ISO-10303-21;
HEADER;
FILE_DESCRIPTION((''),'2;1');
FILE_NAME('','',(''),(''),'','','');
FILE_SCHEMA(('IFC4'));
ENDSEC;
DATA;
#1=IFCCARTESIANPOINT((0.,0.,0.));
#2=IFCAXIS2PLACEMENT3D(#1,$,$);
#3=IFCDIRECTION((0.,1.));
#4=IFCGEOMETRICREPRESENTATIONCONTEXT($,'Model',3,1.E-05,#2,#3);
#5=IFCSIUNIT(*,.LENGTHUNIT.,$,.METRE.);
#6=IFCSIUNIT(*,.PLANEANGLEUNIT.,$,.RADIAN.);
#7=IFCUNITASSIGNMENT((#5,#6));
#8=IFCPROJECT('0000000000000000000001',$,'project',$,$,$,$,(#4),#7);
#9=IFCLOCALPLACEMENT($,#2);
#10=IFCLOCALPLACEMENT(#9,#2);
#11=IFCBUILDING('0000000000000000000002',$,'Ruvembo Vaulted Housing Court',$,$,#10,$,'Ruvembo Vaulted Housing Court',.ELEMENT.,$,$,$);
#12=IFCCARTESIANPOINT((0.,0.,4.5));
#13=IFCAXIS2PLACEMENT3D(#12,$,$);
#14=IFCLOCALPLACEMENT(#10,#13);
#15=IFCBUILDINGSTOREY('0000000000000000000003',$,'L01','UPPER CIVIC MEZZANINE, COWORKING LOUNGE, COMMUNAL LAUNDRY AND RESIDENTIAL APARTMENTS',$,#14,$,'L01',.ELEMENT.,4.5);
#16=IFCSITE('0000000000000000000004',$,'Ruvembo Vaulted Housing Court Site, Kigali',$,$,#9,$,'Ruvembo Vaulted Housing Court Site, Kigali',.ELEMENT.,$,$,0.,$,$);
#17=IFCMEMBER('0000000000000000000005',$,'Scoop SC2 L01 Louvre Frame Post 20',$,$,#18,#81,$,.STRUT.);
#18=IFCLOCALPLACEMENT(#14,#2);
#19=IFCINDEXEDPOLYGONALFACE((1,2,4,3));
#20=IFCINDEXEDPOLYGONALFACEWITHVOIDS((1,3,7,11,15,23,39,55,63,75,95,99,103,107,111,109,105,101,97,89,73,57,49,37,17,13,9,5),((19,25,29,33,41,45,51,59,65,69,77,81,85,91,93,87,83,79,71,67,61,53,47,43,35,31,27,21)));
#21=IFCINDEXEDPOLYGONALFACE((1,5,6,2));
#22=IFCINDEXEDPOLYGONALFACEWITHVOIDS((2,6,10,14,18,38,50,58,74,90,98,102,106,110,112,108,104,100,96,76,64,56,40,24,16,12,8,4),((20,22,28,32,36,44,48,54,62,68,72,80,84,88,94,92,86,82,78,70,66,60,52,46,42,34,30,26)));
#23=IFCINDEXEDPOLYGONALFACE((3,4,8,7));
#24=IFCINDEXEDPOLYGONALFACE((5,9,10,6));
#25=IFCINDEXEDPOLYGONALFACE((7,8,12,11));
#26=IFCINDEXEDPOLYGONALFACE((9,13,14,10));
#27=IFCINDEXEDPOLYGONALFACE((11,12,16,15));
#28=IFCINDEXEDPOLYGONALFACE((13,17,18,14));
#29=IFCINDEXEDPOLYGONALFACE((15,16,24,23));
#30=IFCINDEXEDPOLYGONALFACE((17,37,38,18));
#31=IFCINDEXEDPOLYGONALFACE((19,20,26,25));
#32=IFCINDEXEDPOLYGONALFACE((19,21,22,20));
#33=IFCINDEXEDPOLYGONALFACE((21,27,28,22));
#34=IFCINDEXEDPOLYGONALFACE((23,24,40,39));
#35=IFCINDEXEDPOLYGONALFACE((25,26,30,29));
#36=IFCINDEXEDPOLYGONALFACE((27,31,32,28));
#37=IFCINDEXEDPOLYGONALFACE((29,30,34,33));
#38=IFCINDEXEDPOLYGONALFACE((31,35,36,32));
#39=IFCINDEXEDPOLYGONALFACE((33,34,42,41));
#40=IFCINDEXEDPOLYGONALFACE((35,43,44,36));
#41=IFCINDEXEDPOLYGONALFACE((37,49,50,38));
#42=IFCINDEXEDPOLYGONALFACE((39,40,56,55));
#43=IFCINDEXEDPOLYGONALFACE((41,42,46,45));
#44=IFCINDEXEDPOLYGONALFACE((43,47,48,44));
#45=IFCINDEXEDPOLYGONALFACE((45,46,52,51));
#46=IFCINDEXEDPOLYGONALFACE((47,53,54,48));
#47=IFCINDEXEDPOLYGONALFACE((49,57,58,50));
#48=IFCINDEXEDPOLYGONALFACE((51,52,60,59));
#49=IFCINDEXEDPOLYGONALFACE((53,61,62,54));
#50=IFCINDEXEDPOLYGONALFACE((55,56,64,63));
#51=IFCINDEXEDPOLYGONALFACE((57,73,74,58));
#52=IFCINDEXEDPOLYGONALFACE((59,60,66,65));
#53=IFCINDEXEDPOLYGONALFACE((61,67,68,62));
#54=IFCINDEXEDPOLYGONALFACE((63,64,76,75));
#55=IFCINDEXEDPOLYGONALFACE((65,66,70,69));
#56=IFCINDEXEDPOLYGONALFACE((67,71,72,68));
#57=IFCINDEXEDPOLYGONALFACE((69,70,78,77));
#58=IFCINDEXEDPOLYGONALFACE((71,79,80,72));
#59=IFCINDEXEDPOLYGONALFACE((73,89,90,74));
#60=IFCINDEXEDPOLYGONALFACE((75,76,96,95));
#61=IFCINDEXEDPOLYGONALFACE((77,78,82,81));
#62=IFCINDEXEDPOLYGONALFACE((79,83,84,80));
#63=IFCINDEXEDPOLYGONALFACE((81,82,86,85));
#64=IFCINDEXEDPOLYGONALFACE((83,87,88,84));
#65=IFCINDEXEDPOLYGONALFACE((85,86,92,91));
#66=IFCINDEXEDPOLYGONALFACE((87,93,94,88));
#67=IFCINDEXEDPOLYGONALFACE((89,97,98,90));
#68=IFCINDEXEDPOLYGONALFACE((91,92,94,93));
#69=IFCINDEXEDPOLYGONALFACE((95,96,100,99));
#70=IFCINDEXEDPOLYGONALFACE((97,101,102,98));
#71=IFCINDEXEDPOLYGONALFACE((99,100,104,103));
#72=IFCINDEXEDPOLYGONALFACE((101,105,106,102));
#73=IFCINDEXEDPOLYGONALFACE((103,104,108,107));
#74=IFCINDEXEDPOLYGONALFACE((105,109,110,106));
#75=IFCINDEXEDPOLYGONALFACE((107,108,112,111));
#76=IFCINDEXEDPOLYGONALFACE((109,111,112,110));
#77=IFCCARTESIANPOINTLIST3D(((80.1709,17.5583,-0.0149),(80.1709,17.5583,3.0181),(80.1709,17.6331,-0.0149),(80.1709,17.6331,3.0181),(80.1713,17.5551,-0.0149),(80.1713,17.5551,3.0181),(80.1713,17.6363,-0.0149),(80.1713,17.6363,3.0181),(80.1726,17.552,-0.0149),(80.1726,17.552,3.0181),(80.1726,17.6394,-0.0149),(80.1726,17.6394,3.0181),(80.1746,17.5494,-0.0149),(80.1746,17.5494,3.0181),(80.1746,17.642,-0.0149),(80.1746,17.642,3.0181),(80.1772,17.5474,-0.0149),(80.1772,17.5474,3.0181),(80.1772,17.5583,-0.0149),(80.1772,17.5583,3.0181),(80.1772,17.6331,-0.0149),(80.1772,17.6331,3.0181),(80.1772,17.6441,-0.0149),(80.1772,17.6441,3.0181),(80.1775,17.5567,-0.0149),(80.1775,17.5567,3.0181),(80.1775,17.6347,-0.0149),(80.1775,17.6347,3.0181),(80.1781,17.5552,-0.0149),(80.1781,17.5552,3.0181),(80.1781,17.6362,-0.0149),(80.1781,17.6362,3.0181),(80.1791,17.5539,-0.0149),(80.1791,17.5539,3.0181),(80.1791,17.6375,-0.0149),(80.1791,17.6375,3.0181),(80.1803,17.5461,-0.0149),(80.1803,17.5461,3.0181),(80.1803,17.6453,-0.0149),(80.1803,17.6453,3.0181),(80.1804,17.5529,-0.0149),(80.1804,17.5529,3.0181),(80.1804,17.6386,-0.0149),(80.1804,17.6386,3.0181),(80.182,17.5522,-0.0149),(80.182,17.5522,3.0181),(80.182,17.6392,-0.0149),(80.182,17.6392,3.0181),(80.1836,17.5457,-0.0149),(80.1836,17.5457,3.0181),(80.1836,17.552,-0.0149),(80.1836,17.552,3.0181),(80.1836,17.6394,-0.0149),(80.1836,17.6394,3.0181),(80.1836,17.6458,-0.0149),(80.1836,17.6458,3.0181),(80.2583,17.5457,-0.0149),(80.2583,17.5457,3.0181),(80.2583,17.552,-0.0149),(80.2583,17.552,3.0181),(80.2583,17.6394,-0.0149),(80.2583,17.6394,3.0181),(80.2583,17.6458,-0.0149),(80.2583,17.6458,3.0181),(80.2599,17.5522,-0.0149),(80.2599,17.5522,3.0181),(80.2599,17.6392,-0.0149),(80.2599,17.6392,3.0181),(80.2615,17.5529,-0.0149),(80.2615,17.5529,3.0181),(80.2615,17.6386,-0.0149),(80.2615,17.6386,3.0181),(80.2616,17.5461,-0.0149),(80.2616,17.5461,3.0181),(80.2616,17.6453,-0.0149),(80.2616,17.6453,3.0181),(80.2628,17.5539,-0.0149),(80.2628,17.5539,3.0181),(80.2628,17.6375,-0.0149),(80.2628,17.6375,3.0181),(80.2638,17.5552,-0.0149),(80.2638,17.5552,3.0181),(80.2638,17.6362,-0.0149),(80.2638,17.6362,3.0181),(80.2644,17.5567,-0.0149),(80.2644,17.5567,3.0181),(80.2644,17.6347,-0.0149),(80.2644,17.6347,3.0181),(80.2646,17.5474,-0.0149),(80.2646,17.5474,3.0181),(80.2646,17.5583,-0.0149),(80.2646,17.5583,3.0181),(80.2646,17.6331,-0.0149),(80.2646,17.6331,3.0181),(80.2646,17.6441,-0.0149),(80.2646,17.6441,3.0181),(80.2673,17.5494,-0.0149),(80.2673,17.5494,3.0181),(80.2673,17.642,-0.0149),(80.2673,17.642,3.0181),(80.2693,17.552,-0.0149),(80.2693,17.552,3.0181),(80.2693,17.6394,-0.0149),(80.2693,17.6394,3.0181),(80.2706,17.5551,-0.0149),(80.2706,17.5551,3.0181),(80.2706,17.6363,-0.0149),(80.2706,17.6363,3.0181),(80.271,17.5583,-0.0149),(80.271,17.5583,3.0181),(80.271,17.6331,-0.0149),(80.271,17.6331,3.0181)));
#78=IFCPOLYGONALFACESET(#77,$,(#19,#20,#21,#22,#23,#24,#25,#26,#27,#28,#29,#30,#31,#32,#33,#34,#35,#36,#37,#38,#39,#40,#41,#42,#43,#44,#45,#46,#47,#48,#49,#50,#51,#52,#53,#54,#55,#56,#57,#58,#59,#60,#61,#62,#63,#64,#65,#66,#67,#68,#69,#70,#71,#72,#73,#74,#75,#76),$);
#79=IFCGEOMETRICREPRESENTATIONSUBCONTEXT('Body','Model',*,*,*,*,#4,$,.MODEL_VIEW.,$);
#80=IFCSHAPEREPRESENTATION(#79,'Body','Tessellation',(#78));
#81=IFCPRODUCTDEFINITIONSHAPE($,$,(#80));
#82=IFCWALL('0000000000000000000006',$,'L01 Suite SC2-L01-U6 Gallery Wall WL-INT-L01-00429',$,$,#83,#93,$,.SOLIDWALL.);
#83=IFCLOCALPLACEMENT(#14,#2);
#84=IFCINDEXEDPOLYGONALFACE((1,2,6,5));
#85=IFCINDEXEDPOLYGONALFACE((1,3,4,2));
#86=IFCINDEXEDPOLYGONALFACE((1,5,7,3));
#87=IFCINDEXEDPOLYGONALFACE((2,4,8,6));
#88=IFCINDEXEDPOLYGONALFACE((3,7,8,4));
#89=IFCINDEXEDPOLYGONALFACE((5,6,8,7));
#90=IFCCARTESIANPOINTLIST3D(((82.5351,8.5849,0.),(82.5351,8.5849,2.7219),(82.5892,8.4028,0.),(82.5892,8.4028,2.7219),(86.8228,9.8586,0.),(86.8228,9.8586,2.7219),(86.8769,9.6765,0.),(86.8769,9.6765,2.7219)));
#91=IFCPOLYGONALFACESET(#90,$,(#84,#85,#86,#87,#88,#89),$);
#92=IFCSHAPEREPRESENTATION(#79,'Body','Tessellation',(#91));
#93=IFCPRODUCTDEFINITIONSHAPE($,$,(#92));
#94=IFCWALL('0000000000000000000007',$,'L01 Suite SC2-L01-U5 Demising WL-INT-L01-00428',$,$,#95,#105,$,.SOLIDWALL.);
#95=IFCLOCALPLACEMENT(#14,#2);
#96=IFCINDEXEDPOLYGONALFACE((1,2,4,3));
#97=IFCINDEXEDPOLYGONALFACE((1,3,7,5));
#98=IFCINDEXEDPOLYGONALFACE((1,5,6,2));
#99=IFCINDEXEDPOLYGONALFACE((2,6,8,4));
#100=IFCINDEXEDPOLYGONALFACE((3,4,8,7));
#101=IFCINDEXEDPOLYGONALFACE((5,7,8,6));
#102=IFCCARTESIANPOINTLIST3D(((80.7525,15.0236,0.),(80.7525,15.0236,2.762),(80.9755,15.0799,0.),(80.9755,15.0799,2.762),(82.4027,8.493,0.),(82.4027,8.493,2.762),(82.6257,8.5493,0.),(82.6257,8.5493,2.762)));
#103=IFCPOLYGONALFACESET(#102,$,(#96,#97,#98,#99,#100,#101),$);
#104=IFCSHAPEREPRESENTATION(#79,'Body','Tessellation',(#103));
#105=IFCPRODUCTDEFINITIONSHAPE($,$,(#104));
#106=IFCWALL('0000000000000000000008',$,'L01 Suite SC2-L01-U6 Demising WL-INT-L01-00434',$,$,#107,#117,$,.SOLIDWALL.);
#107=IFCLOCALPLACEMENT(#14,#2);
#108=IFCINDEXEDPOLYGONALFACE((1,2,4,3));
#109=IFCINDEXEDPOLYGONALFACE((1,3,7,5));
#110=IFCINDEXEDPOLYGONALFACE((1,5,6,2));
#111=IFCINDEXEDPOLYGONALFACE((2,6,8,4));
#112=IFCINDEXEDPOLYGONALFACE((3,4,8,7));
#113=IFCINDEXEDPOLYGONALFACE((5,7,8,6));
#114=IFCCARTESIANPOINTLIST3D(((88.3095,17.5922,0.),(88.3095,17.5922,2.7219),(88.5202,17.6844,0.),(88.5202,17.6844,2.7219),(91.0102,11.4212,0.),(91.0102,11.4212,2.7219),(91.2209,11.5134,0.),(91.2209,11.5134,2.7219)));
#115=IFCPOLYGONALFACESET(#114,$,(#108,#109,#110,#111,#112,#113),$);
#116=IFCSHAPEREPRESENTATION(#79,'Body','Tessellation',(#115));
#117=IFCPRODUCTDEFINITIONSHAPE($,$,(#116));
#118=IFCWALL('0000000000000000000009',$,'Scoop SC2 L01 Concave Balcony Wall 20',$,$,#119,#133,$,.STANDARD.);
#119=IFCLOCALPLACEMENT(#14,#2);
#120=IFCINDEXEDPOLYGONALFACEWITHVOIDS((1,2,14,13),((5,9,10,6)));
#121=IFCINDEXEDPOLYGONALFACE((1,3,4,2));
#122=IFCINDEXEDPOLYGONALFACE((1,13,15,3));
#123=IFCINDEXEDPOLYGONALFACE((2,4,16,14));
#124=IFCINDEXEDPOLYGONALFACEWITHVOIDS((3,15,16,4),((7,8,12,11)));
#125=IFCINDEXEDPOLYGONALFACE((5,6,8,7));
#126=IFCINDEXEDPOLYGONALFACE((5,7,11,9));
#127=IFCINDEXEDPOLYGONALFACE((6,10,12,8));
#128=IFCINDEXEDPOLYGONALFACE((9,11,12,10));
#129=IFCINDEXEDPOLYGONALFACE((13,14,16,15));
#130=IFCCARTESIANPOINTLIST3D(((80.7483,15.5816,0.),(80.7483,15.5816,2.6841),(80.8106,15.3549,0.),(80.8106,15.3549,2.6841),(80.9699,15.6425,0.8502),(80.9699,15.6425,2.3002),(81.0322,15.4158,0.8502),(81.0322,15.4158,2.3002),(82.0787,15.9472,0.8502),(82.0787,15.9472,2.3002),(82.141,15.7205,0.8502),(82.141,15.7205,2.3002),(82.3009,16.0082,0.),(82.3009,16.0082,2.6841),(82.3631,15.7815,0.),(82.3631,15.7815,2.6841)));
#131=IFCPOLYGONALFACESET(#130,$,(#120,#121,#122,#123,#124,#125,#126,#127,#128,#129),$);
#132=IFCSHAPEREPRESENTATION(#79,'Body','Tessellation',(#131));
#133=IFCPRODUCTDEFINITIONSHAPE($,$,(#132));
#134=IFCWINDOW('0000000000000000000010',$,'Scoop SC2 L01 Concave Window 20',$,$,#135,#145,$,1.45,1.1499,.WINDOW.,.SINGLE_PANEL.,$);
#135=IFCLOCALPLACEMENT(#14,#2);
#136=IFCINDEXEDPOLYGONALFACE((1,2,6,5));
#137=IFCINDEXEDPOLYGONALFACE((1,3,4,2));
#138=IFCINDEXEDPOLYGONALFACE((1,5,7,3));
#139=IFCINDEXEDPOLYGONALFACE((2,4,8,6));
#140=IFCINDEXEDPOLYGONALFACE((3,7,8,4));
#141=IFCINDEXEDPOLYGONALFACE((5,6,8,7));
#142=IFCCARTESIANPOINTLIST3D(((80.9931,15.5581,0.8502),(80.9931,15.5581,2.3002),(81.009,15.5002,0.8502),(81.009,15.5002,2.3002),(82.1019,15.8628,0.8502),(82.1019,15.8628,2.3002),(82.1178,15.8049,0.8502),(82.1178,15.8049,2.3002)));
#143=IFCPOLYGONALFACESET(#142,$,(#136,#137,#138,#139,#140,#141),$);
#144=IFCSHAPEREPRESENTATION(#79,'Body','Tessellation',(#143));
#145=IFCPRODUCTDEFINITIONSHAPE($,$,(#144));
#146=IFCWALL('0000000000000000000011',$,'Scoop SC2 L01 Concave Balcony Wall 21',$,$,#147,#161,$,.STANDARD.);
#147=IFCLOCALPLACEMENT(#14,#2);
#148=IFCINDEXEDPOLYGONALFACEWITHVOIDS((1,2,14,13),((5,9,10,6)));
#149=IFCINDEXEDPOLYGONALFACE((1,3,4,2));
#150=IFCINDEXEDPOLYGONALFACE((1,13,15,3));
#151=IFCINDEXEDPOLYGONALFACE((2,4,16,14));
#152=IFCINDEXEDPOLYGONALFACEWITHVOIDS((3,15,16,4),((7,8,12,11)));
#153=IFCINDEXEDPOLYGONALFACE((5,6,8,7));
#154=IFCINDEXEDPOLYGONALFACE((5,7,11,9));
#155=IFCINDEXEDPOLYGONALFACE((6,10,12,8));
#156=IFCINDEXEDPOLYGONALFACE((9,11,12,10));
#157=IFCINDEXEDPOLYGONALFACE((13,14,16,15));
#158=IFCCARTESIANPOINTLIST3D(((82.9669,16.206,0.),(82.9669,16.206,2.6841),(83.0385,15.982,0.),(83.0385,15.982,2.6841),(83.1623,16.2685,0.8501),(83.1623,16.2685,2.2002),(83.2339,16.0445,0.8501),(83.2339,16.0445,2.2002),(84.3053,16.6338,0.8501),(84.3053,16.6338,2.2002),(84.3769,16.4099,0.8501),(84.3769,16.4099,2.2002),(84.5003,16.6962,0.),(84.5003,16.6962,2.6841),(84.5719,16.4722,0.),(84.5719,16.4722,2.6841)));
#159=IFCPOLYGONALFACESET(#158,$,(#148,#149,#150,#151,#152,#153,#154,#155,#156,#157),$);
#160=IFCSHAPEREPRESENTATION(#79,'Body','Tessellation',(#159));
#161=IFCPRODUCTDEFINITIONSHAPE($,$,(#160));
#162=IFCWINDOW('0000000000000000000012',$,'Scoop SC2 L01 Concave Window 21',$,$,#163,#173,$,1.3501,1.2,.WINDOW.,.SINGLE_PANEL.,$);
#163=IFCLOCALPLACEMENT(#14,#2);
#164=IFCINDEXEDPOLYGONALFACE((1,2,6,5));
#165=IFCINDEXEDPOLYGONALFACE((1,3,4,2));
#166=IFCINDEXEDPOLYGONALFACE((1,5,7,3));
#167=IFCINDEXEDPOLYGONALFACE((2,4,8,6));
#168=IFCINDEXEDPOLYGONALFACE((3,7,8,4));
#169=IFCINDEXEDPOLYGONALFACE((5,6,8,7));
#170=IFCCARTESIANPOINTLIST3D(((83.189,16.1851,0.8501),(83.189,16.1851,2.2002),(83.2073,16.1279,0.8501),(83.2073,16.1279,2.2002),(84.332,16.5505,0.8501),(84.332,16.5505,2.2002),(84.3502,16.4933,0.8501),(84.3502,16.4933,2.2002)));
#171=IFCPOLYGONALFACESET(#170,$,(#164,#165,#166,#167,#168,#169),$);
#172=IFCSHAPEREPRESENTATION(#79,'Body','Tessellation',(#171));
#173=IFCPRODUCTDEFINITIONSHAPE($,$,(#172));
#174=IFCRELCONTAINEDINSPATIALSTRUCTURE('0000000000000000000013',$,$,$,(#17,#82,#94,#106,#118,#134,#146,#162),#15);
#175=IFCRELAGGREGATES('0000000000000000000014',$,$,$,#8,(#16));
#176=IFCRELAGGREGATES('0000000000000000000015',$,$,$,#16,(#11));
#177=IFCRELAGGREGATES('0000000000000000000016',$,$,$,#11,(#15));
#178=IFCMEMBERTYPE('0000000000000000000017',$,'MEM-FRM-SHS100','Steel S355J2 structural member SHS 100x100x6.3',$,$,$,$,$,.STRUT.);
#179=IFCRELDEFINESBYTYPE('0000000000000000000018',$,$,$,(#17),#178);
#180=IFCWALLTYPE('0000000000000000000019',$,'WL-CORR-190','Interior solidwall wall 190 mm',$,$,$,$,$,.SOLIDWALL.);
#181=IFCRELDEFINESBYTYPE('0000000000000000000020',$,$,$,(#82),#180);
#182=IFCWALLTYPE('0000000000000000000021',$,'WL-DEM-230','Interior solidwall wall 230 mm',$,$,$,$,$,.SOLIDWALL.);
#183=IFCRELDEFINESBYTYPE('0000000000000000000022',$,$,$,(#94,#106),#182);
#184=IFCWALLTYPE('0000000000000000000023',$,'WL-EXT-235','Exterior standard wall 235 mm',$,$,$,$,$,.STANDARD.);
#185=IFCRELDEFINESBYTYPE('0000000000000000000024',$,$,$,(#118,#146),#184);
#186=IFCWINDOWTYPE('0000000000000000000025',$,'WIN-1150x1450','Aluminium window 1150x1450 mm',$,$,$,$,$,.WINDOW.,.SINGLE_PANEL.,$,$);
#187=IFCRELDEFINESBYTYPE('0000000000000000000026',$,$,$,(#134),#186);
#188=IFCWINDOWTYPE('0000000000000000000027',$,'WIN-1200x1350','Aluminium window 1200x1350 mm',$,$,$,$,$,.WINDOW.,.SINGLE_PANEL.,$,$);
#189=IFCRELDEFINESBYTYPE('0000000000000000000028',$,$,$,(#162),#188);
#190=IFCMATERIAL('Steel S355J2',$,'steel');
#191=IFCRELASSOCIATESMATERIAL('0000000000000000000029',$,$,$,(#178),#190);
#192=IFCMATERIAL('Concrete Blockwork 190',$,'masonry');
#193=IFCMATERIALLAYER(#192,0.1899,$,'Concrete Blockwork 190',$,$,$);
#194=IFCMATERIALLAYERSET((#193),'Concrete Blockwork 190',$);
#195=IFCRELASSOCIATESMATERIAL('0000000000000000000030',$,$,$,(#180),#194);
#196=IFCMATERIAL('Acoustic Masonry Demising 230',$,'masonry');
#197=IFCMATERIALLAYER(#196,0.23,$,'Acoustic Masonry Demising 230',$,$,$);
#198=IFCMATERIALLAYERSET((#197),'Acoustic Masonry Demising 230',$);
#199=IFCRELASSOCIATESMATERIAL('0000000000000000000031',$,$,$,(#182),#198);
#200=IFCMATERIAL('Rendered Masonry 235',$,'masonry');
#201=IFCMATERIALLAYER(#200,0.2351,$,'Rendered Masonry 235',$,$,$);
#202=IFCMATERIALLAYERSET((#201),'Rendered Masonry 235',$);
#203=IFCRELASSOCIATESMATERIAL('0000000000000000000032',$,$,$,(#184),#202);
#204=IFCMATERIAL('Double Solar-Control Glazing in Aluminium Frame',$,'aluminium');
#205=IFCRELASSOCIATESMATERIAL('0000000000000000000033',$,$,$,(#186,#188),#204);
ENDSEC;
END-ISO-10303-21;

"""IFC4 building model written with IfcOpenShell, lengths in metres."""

from ifc_helpers import new_model, si_unit, direction, frame, frame_2d, origin, origin_2d, place, context, subcontext, project, spatial, rectangle, hollow_rectangle, extrude, material, layer, layer_set, material_profile, profile_set, type_object, element, fill, save


model = new_model("IFC4")

# Units and contexts
model_context = context("Model", 3, precision=1e-05, world=origin(), true_north=direction((0.0, 1.0)))
body_context = subcontext(model_context, "Body", "Model", "MODEL_VIEW")
ifc_project = project(units=[si_unit("LENGTHUNIT", "METRE"), si_unit("PLANEANGLEUNIT", "RADIAN")], contexts=[model_context])

# Site, building, storey
site_placement = place(None, origin())
site = spatial("IfcSite", under=ifc_project, at=site_placement, Name="Ruvembo Vaulted Housing Court Site, Kigali", LongName="Ruvembo Vaulted Housing Court Site, Kigali", CompositionType="ELEMENT", RefElevation=0.0)
building_placement = place(site_placement, origin())
building = spatial("IfcBuilding", under=site, at=building_placement, Name="Ruvembo Vaulted Housing Court", LongName="Ruvembo Vaulted Housing Court", CompositionType="ELEMENT")
storey_placement = place(building_placement, frame((0.0, 0.0, 4.5)))
storey = spatial("IfcBuildingStorey", under=building, at=storey_placement, Name="L01", Description="UPPER CIVIC MEZZANINE, COWORKING LOUNGE, COMMUNAL LAUNDRY AND RESIDENTIAL APARTMENTS", LongName="L01", CompositionType="ELEMENT", Elevation=4.5)

# Shared definitions
ifc_material_1 = material(Name="Steel S355J2", Category="steel")

# Member
ifc_material_profile_1 = material_profile(ifc_material_1, hollow_rectangle(XDim=0.1001, YDim=0.1001, WallThickness=0.0063, InnerFilletRadius=0.0063, OuterFilletRadius=0.0127, at=origin_2d()), Name="SHS 100x100x6.3")
ifc_profile_set_1 = profile_set([ifc_material_profile_1], Name="Steel S355J2")
member_type_1 = type_object("IfcMemberType", Name="MEM-FRM-SHS100", Description="Steel S355J2 structural member SHS 100x100x6.3", PredefinedType="STRUT", material=ifc_profile_set_1)
member_1_placement = place(storey_placement, frame((80.2209, 17.5957, -0.0149), z_axis=(0.0, 0.0, 1.0), x_axis=(1.0, 0.0, 0.0)))
element("IfcMember", 1, at=member_1_placement, inside=storey, type_object=member_type_1, Name="Scoop SC2 L01 Louvre Frame Post 20", PredefinedType="STRUT", context=body_context, shape_type="SweptSolid", body=[
    extrude(hollow_rectangle(XDim=0.1001, YDim=0.1001, WallThickness=0.0063, InnerFilletRadius=0.0063, OuterFilletRadius=0.0127, at=origin_2d()), origin(), (0.0, 0.0, 1.0), 3.033),
])

# Wall
ifc_material_2 = material(Name="Concrete Blockwork 190", Category="masonry")
ifc_layer_1 = layer(ifc_material_2, 0.1899, Name="Concrete Blockwork 190")
ifc_layer_set_1 = layer_set([ifc_layer_1], Name="Concrete Blockwork 190")
wall_type_1 = type_object("IfcWallType", Name="WL-CORR-190", Description="Interior solidwall wall 190 mm", PredefinedType="SOLIDWALL", material=ifc_layer_set_1)
wall_1_placement = place(storey_placement, frame((82.5623, 8.4939, 0.0), z_axis=(0.0, 0.0, 1.0), x_axis=(0.958602, 0.284748, 0.0)))
element("IfcWall", 2, at=wall_1_placement, inside=storey, type_object=wall_type_1, Name="L01 Suite SC2-L01-U6 Gallery Wall WL-INT-L01-00429", PredefinedType="SOLIDWALL", context=body_context, shape_type="SweptSolid", body=[
    extrude(rectangle(XDim=4.4729, YDim=0.1899, at=frame_2d((2.2363, 0.0))), origin(), (0.0, 0.0, 1.0), 2.7219),
])

# Walls
ifc_material_3 = material(Name="Acoustic Masonry Demising 230", Category="masonry")
ifc_layer_2 = layer(ifc_material_3, 0.23, Name="Acoustic Masonry Demising 230")
ifc_layer_set_2 = layer_set([ifc_layer_2], Name="Acoustic Masonry Demising 230")
wall_type_2 = type_object("IfcWallType", Name="WL-DEM-230", Description="Interior solidwall wall 230 mm", PredefinedType="SOLIDWALL", material=ifc_layer_set_2)
wall_2_placement = place(storey_placement, frame((80.864, 15.0518, 0.0), z_axis=(0.0, 0.0, 1.0), x_axis=(0.244982, -0.969528, 0.0)))
element("IfcWall", 3, at=wall_2_placement, inside=storey, type_object=wall_type_2, Name="L01 Suite SC2-L01-U5 Demising WL-INT-L01-00428", PredefinedType="SOLIDWALL", context=body_context, shape_type="SweptSolid", body=[
    extrude(rectangle(XDim=6.7358, YDim=0.23, at=frame_2d((3.3679, 0.0))), origin(), (0.0, 0.0, 1.0), 2.762),
])
wall_3_placement = place(storey_placement, frame((88.4148, 17.6384, 0.0), z_axis=(0.0, 0.0, 1.0), x_axis=(0.400933, -0.916107, 0.0)))
element("IfcWall", 4, at=wall_3_placement, inside=storey, type_object=wall_type_2, Name="L01 Suite SC2-L01-U6 Demising WL-INT-L01-00434", PredefinedType="SOLIDWALL", context=body_context, shape_type="SweptSolid", body=[
    extrude(rectangle(XDim=6.7361, YDim=0.23, at=frame_2d((3.3682, 0.0))), origin(), (0.0, 0.0, 1.0), 2.7219),
])

# Walls, openings, windows
ifc_material_4 = material(Name="Rendered Masonry 235", Category="masonry")
ifc_layer_3 = layer(ifc_material_4, 0.2351, Name="Rendered Masonry 235")
ifc_layer_set_3 = layer_set([ifc_layer_3], Name="Rendered Masonry 235")
wall_type_3 = type_object("IfcWallType", Name="WL-EXT-235", Description="Exterior standard wall 235 mm", PredefinedType="STANDARD", material=ifc_layer_set_3)
wall_4_placement = place(storey_placement, frame((80.7793, 15.4683, 0.0), z_axis=(0.0, 0.0, 1.0), x_axis=(0.964272, 0.264913, 0.0)))
wall_4 = element("IfcWall", 5, at=wall_4_placement, inside=storey, type_object=wall_type_3, Name="Scoop SC2 L01 Concave Balcony Wall 20", PredefinedType="STANDARD", context=body_context, shape_type="SweptSolid", body=[
    extrude(rectangle(XDim=1.6101, YDim=0.2351, at=frame_2d((0.8052, 0.0))), origin(), (0.0, 0.0, 1.0), 2.6841),
])
opening_1_placement = place(wall_4_placement, frame((0.23, 0.0, 0.8501)))
opening_1 = element("IfcOpeningElement", 6, at=opening_1_placement, cuts=wall_4, PredefinedType="OPENING", context=body_context, shape_type="SweptSolid", body=[
    extrude(rectangle(XDim=1.1499, YDim=1.45, at=frame_2d((0.575, 0.7251))), frame((0.0, 0.1274, 0.0), z_axis=(0.0, -1.0, 0.0), x_axis=(1.0, 0.0, 0.0)), (0.0, 0.0, 1.0), 0.2551),
])
ifc_material_5 = material(Name="Double Solar-Control Glazing in Aluminium Frame", Category="aluminium")
window_type_1 = type_object("IfcWindowType", Name="WIN-1150x1450", Description="Aluminium window 1150x1450 mm", PartitioningType="SINGLE_PANEL", PredefinedType="WINDOW", material=ifc_material_5)
window_1_placement = place(opening_1_placement, origin())
window_1 = element("IfcWindow", 7, at=window_1_placement, inside=storey, type_object=window_type_1, Name="Scoop SC2 L01 Concave Window 20", OverallHeight=1.45, OverallWidth=1.1499, PartitioningType="SINGLE_PANEL", PredefinedType="WINDOW", context=body_context, shape_type="SweptSolid", body=[
    extrude(rectangle(XDim=1.1499, YDim=1.45, at=frame_2d((0.575, 0.7251))), frame((0.0, 0.03, 0.0), z_axis=(0.0, -1.0, 0.0), x_axis=(1.0, 0.0, 0.0)), (0.0, 0.0, 1.0), 0.0601),
])
fill(opening_1, window_1)
wall_5_placement = place(storey_placement, frame((83.0027, 16.094, 0.0), z_axis=(0.0, 0.0, 1.0), x_axis=(0.952509, 0.304512, 0.0)))
wall_5 = element("IfcWall", 8, at=wall_5_placement, inside=storey, type_object=wall_type_3, Name="Scoop SC2 L01 Concave Balcony Wall 21", PredefinedType="STANDARD", context=body_context, shape_type="SweptSolid", body=[
    extrude(rectangle(XDim=1.6099, YDim=0.2351, at=frame_2d((0.8049, 0.0))), origin(), (0.0, 0.0, 1.0), 2.6841),
])
opening_2_placement = place(wall_5_placement, frame((0.2051, 0.0, 0.8501)))
opening_2 = element("IfcOpeningElement", 9, at=opening_2_placement, cuts=wall_5, PredefinedType="OPENING", context=body_context, shape_type="SweptSolid", body=[
    extrude(rectangle(XDim=1.2, YDim=1.3501, at=frame_2d((0.6001, 0.675))), frame((0.0, 0.1274, 0.0), z_axis=(0.0, -1.0, 0.0), x_axis=(1.0, 0.0, 0.0)), (0.0, 0.0, 1.0), 0.2551),
])
window_type_2 = type_object("IfcWindowType", Name="WIN-1200x1350", Description="Aluminium window 1200x1350 mm", PartitioningType="SINGLE_PANEL", PredefinedType="WINDOW", material=ifc_material_5)
window_2_placement = place(opening_2_placement, origin())
window_2 = element("IfcWindow", 10, at=window_2_placement, inside=storey, type_object=window_type_2, Name="Scoop SC2 L01 Concave Window 21", OverallHeight=1.3501, OverallWidth=1.2, PartitioningType="SINGLE_PANEL", PredefinedType="WINDOW", context=body_context, shape_type="SweptSolid", body=[
    extrude(rectangle(XDim=1.2, YDim=1.3501, at=frame_2d((0.6001, 0.675))), frame((0.0, 0.03, 0.0), z_axis=(0.0, -1.0, 0.0), x_axis=(1.0, 0.0, 0.0)), (0.0, 0.0, 1.0), 0.0601),
])
fill(opening_2, window_2)

save(model, "model.ifc")
